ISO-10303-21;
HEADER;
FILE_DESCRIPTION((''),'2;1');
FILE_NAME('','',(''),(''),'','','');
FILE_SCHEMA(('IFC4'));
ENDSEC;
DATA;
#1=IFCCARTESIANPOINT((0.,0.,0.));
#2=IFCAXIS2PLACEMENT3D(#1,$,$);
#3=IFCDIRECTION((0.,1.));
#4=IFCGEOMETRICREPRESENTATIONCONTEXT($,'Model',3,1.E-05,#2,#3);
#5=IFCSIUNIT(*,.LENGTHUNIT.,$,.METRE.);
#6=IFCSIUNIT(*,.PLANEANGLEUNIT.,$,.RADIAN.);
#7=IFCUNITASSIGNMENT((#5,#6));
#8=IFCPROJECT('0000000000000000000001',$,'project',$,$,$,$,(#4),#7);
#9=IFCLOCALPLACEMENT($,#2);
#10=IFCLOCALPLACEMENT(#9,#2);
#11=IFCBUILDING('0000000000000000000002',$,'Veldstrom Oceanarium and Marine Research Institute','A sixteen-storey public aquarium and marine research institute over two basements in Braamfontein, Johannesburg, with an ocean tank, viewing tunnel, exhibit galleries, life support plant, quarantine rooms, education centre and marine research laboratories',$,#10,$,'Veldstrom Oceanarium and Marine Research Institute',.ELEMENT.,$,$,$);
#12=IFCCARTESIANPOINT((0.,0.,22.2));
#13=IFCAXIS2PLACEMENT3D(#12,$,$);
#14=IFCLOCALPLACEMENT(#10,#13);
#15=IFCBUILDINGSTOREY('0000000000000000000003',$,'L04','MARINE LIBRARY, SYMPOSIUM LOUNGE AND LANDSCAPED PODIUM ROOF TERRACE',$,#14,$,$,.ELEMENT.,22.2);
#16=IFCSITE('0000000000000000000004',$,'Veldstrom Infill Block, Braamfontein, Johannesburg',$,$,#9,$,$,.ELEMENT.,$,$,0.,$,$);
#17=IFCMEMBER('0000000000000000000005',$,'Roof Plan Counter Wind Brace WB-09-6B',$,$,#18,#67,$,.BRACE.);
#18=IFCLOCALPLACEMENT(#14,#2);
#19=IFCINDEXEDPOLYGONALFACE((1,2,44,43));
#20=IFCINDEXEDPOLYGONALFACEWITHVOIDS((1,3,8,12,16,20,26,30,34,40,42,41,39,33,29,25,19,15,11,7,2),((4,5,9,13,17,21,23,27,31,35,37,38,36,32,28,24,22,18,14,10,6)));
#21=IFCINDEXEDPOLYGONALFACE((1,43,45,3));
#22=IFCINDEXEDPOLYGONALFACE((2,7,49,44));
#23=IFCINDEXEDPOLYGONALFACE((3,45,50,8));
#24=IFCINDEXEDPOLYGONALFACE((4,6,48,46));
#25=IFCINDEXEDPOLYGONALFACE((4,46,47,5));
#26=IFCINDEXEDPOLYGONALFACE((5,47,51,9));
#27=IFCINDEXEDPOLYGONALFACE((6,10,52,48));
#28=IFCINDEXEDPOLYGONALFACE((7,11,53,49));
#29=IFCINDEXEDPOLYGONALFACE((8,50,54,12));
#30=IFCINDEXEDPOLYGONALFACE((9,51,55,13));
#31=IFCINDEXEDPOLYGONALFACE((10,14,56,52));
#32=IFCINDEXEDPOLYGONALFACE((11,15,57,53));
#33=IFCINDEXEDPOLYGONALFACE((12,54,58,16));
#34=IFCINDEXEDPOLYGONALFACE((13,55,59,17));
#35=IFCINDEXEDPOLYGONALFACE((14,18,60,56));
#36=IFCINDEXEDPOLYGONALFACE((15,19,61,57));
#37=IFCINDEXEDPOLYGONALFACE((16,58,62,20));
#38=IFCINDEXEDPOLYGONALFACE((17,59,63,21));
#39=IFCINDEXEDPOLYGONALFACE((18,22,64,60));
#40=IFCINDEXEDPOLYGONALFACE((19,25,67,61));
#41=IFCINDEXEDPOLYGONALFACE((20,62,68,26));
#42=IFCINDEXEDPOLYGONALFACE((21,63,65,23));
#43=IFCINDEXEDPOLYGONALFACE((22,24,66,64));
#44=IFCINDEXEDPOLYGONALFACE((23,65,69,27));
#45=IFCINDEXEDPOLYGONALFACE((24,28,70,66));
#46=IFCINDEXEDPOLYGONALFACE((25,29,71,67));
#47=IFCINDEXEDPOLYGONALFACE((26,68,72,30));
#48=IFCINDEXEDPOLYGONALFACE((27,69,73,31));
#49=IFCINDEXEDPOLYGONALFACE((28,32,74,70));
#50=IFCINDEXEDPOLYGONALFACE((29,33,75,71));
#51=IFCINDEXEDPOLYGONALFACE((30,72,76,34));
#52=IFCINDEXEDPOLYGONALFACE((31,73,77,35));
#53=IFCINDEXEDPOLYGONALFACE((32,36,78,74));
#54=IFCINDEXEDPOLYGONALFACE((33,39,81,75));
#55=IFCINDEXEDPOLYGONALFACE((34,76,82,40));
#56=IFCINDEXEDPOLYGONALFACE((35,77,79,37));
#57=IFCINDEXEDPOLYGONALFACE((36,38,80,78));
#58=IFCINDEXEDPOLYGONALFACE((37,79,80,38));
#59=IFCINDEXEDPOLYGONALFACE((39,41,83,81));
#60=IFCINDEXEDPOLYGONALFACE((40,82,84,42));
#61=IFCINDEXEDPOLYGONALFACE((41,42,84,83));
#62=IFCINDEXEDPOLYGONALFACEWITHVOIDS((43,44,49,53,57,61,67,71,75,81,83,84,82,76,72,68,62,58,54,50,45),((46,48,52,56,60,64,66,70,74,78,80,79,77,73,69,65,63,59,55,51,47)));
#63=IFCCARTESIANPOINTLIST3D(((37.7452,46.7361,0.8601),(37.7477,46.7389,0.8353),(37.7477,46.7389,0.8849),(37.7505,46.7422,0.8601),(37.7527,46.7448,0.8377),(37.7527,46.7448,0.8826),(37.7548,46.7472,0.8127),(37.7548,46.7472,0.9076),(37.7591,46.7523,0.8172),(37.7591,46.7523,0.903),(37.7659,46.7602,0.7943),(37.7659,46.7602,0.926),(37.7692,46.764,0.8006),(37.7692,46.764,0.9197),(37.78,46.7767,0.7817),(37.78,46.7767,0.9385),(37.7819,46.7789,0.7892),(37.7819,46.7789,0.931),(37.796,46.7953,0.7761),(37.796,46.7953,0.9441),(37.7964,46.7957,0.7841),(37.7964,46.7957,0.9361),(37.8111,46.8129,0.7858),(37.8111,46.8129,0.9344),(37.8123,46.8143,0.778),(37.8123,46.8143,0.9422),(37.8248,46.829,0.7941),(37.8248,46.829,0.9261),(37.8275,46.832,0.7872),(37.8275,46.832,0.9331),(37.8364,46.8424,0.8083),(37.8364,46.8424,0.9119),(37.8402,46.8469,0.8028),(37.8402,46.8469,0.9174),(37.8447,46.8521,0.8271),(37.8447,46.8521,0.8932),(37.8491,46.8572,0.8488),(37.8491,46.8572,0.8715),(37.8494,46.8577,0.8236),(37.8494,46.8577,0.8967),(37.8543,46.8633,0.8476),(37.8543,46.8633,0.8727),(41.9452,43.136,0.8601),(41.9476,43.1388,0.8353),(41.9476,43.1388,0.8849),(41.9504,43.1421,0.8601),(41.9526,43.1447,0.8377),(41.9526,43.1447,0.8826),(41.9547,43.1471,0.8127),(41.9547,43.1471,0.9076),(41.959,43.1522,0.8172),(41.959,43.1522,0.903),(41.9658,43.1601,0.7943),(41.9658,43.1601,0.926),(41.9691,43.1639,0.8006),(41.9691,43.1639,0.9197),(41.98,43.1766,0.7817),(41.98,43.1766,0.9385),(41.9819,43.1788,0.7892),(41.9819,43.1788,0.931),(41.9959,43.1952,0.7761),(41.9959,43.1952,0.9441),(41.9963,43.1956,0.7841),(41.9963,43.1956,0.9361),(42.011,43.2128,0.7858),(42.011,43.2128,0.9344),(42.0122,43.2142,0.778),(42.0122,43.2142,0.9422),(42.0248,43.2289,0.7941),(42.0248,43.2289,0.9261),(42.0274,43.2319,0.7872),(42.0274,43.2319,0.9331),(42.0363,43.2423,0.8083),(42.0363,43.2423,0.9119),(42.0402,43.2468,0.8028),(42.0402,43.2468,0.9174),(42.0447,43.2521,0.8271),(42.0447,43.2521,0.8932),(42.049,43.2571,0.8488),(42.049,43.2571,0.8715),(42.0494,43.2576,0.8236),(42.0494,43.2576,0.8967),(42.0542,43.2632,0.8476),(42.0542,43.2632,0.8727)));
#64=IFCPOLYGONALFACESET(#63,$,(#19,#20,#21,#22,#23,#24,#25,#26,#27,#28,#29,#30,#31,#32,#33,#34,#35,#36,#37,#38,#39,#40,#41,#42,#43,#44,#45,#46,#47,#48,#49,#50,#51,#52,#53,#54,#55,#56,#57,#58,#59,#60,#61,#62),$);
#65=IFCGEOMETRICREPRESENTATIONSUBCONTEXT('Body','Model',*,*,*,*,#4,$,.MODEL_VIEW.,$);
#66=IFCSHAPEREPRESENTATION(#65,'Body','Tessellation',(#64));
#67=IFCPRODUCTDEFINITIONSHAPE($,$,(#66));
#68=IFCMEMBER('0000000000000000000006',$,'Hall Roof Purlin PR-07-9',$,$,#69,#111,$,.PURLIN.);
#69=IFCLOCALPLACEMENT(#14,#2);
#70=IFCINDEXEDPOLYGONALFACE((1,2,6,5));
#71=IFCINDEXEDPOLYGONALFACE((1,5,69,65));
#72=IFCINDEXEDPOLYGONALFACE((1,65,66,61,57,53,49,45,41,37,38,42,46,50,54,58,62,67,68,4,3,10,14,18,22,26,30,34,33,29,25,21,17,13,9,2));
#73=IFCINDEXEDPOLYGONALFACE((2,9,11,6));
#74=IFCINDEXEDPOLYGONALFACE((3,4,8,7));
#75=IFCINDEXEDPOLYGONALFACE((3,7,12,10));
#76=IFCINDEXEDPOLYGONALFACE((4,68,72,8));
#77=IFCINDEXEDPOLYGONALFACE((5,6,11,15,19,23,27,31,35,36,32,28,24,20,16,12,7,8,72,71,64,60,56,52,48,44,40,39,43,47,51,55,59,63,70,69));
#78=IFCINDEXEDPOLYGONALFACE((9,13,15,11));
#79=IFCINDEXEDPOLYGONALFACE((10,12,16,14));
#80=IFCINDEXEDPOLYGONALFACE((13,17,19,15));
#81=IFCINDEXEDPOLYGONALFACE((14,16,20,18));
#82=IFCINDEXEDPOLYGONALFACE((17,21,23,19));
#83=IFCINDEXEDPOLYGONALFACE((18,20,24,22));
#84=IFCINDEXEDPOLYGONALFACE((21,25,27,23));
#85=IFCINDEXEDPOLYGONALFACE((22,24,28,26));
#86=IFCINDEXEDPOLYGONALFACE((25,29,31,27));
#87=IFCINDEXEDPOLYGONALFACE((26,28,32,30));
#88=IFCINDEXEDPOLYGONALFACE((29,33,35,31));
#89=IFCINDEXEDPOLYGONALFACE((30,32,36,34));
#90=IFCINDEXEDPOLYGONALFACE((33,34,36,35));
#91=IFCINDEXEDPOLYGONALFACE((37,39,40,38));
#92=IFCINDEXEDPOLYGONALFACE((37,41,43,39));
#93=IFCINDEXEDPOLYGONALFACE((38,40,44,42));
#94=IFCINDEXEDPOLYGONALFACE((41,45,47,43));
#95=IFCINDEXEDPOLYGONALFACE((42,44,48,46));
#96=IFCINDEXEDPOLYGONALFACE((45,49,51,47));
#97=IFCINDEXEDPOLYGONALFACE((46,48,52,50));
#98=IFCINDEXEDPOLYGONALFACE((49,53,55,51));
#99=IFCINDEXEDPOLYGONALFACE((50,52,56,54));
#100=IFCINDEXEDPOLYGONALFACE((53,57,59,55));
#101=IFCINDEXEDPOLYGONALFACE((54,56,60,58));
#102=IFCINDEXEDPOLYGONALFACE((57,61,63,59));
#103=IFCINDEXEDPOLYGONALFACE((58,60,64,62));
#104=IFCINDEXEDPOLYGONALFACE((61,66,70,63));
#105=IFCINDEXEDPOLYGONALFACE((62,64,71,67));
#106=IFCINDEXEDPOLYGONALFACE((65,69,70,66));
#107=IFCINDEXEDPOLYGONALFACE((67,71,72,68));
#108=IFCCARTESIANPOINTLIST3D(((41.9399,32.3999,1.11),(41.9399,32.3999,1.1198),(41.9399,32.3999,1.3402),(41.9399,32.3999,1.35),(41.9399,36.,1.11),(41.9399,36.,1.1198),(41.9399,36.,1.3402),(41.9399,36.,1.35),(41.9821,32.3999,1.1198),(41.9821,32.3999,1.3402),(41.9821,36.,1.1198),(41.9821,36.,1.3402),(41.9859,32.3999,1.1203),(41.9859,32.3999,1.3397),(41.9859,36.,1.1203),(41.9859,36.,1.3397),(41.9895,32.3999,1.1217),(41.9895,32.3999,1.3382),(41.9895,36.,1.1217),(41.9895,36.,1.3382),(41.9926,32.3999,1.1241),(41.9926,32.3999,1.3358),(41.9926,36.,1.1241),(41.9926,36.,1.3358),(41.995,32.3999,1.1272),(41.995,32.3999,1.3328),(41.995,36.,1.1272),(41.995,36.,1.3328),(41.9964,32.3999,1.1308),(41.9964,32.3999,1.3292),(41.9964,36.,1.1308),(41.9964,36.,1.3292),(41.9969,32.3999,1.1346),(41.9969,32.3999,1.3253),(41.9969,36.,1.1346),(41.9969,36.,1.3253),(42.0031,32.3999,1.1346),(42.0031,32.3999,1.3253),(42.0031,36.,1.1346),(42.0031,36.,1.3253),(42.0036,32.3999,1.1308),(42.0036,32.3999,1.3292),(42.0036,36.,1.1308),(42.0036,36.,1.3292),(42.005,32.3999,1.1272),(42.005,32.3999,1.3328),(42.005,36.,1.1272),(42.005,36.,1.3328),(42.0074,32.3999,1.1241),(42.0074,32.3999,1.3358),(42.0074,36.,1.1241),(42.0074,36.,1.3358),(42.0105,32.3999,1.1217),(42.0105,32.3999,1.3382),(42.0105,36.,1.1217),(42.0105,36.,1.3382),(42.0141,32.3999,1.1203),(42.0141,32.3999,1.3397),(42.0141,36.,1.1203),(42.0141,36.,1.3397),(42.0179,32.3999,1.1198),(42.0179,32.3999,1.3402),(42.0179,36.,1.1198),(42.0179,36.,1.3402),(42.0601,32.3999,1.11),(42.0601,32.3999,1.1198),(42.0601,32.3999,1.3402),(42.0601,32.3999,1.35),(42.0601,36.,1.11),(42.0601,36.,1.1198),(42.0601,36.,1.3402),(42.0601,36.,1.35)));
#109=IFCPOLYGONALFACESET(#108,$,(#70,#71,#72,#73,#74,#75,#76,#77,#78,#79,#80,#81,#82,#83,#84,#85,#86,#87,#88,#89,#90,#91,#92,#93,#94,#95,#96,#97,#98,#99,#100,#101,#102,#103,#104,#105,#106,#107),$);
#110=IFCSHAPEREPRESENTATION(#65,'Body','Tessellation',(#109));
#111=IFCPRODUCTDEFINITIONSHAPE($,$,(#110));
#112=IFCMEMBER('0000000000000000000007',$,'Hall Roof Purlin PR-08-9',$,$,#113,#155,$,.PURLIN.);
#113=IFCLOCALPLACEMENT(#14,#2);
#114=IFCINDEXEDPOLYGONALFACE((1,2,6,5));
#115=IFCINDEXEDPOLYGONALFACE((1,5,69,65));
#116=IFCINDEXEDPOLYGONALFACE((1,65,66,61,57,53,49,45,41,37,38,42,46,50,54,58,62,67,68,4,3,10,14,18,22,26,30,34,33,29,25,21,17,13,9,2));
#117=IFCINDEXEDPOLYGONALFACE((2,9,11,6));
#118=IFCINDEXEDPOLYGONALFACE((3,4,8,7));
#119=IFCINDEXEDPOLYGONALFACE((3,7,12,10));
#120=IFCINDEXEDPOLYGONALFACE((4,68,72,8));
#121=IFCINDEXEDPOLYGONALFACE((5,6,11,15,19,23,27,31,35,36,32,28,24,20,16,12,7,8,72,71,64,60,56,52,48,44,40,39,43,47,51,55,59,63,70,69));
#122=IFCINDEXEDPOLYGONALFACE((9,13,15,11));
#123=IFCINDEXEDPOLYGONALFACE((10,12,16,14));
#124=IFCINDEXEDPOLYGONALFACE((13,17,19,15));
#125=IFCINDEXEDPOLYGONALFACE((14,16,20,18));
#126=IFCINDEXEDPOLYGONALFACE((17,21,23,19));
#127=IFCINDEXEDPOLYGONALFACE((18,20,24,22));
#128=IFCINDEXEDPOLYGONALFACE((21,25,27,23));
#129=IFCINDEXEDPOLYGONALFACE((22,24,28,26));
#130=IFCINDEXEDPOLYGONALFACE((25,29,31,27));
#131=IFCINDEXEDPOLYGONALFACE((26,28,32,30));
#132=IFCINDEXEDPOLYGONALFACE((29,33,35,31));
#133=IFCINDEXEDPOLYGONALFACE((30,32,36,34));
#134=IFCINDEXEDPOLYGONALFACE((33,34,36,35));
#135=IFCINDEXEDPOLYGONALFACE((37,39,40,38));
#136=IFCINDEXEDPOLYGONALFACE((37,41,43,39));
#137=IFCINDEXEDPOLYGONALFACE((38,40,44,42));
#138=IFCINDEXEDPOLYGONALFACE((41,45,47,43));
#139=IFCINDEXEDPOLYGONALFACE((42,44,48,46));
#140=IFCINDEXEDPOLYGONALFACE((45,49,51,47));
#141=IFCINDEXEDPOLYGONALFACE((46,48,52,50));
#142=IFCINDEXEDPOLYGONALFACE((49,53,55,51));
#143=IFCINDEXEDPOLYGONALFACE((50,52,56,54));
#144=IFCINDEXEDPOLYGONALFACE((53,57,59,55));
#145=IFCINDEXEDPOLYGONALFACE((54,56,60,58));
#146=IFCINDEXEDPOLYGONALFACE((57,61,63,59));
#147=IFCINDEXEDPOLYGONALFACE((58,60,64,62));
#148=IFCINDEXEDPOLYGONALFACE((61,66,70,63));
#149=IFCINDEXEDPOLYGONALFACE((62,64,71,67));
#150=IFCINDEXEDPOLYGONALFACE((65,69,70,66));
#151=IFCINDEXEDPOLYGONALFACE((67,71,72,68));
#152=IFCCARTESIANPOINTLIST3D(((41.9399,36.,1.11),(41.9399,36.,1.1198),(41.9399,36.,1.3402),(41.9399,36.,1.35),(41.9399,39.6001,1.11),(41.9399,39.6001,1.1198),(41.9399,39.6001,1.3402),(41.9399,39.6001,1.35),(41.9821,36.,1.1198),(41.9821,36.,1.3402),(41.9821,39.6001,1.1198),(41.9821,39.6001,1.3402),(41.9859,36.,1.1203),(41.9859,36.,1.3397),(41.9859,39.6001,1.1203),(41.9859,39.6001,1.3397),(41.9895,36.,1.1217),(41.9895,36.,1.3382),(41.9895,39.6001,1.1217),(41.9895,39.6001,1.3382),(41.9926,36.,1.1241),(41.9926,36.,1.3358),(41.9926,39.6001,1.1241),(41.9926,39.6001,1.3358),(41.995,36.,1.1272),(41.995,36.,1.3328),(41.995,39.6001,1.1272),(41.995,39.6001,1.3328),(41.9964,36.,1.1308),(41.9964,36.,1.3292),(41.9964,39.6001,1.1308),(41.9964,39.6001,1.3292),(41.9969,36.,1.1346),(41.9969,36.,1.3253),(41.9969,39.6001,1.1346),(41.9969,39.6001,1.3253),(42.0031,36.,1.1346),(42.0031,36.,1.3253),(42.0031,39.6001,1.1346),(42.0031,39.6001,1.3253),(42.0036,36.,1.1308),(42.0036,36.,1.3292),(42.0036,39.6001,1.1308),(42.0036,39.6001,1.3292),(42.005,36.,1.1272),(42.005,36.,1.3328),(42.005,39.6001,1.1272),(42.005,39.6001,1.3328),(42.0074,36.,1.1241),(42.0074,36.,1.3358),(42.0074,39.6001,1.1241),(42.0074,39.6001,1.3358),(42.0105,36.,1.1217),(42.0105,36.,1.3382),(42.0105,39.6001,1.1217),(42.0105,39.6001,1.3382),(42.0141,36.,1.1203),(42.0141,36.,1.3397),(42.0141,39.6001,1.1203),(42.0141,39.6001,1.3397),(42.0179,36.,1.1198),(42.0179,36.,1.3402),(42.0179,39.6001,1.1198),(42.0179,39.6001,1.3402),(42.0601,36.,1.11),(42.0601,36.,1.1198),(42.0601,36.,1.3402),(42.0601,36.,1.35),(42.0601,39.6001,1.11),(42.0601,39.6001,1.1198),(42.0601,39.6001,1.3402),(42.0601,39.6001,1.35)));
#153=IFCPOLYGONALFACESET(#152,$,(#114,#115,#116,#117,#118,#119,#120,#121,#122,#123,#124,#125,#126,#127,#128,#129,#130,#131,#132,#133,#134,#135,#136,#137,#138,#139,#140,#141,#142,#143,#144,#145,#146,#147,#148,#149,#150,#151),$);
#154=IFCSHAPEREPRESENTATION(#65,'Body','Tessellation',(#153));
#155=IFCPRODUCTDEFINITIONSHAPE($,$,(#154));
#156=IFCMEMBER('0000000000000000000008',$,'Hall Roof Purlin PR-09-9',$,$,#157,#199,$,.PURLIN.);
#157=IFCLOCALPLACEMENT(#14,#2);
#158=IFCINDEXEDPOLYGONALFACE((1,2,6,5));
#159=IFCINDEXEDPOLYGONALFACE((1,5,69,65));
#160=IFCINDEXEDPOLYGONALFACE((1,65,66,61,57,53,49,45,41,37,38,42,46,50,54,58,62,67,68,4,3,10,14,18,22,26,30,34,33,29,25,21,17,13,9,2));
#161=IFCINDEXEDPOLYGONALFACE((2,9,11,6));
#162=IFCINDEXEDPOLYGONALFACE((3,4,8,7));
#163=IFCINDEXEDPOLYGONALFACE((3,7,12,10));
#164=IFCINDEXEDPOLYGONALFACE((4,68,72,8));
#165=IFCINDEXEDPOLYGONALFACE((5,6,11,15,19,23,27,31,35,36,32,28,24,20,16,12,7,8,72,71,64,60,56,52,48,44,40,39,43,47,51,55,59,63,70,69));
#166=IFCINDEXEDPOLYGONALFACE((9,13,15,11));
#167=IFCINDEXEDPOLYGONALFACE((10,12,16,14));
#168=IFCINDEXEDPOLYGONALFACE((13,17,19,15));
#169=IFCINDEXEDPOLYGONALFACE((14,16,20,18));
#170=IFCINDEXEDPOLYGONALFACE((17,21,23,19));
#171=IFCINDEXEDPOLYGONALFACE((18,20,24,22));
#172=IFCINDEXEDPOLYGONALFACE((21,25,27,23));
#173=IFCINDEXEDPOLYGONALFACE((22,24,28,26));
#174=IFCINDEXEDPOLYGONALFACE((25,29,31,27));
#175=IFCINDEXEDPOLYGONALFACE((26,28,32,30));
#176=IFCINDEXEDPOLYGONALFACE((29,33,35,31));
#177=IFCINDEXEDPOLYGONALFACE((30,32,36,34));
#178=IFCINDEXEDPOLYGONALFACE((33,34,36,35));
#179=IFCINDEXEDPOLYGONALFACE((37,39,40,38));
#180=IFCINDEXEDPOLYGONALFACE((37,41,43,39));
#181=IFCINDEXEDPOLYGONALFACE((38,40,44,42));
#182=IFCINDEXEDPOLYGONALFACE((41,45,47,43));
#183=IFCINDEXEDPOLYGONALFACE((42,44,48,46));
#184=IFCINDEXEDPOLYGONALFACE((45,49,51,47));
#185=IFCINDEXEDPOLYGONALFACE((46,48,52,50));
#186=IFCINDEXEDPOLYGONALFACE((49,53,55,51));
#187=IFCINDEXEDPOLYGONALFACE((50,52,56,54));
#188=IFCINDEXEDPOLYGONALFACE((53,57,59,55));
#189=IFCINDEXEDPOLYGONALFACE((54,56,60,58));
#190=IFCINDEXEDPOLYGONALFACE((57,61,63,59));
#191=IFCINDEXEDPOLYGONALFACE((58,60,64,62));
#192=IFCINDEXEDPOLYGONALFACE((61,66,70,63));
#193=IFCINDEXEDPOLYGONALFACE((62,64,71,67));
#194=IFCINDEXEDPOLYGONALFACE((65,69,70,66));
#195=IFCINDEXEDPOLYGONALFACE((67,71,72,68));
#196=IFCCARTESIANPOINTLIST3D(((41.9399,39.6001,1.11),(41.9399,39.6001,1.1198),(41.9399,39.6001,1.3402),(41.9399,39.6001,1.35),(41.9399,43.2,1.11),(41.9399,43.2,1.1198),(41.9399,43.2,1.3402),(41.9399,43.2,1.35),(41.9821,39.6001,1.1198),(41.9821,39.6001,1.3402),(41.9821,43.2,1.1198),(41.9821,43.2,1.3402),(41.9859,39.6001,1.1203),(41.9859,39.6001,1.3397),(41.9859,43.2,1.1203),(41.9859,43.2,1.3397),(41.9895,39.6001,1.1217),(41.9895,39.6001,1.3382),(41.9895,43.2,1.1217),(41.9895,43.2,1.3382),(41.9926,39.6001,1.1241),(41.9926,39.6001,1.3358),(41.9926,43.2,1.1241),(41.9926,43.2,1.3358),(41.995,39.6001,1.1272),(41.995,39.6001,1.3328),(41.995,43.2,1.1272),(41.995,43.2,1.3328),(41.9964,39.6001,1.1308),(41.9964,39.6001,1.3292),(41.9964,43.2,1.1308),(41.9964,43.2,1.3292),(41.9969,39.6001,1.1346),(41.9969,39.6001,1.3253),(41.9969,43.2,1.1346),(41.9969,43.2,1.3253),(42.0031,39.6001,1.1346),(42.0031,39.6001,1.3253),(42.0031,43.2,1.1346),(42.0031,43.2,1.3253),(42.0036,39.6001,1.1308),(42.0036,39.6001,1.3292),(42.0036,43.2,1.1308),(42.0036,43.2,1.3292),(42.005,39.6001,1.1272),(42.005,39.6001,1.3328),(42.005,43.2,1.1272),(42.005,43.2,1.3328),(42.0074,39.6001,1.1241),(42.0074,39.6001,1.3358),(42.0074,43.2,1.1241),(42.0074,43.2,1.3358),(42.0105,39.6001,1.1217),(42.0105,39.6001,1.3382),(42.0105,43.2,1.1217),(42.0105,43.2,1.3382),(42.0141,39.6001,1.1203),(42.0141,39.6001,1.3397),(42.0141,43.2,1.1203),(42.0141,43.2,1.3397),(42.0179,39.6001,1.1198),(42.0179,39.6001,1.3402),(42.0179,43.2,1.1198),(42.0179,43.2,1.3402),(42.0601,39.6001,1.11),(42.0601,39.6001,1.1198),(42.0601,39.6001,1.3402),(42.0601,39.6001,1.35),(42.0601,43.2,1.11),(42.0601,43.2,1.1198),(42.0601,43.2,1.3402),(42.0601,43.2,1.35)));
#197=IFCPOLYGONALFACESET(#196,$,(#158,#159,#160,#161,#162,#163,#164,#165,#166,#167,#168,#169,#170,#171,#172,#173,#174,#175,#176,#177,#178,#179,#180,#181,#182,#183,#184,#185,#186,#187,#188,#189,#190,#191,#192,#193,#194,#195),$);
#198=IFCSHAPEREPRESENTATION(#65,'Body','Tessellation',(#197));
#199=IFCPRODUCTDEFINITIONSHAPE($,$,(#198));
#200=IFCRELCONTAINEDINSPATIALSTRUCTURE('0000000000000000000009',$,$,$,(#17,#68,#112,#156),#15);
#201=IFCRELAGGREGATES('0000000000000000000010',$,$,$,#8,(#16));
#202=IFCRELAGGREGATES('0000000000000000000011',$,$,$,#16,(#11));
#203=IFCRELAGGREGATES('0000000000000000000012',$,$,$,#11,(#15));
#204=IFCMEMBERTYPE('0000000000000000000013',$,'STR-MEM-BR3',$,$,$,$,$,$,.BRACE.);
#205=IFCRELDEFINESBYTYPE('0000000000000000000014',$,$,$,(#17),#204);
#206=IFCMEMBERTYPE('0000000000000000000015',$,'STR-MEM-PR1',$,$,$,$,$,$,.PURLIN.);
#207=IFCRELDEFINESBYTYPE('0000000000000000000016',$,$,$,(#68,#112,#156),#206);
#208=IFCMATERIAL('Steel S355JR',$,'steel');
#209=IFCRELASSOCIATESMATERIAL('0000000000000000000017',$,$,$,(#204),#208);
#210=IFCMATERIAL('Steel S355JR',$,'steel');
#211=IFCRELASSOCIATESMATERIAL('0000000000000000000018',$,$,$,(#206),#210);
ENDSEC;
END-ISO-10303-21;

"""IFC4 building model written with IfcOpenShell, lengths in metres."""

from ifc_helpers import new_model, si_unit, direction, frame, origin, origin_2d, place, context, subcontext, project, spatial, hollow_circle, i_section, extrude, material, material_profile, profile_set, type_object, element, save


model = new_model("IFC4")

# Units and contexts
model_context = context("Model", 3, precision=1e-05, world=origin(), true_north=direction((0.0, 1.0)))
body_context = subcontext(model_context, "Body", "Model", "MODEL_VIEW")
ifc_project = project(units=[si_unit("LENGTHUNIT", "METRE"), si_unit("PLANEANGLEUNIT", "RADIAN")], contexts=[model_context])

# Site, building, storey
site_placement = place(None, origin())
site = spatial("IfcSite", under=ifc_project, at=site_placement, Name="Veldstrom Infill Block, Braamfontein, Johannesburg", CompositionType="ELEMENT", RefElevation=0.0)
building_placement = place(site_placement, origin())
building = spatial("IfcBuilding", under=site, at=building_placement, Name="Veldstrom Oceanarium and Marine Research Institute", Description="A sixteen-storey public aquarium and marine research institute over two basements in Braamfontein, Johannesburg, with an ocean tank, viewing tunnel, exhibit galleries, life support plant, quarantine rooms, education centre and marine research laboratories", LongName="Veldstrom Oceanarium and Marine Research Institute", CompositionType="ELEMENT")
storey_placement = place(building_placement, frame((0.0, 0.0, 22.2)))
storey = spatial("IfcBuildingStorey", under=building, at=storey_placement, Name="L04", Description="MARINE LIBRARY, SYMPOSIUM LOUNGE AND LANDSCAPED PODIUM ROOF TERRACE", CompositionType="ELEMENT", Elevation=22.2)

# Members
ifc_material_1 = material(Name="Steel S355JR", Category="steel")
ifc_material_profile_1 = material_profile(ifc_material_1, hollow_circle(Radius=0.0842, WallThickness=0.0081, at=origin_2d()), Name="CHS 168.3x8")
ifc_profile_set_1 = profile_set([ifc_material_profile_1], Name="Steel S355JR")
member_type_1 = type_object("IfcMemberType", Name="STR-MEM-BR3", PredefinedType="BRACE", material=ifc_profile_set_1)
member_1_placement = place(storey_placement, frame((42.0, 43.2, 0.8601), z_axis=(-0.759244, 0.650806, 0.0), x_axis=(-0.650806, -0.759244, 0.0)))
element("IfcMember", 1, at=member_1_placement, inside=storey, type_object=member_type_1, Name="Roof Plan Counter Wind Brace WB-09-6B", PredefinedType="BRACE", context=body_context, shape_type="SweptSolid", body=[
    extrude(hollow_circle(Radius=0.0842, WallThickness=0.0081, at=origin_2d()), origin(), (0.0, 0.0, 1.0), 5.5317),
])
ifc_material_2 = material(Name="Steel S355JR", Category="steel")
ifc_material_profile_2 = material_profile(ifc_material_2, i_section(OverallWidth=0.1201, OverallDepth=0.24, WebThickness=0.0061, FlangeThickness=0.0098, FilletRadius=0.0149, at=origin_2d()), Name="IPE 240")
ifc_profile_set_2 = profile_set([ifc_material_profile_2], Name="Steel S355JR")
member_type_2 = type_object("IfcMemberType", Name="STR-MEM-PR1", PredefinedType="PURLIN", material=ifc_profile_set_2)
for number, where, z_axis, x_axis, name in (
    (2, (42.0, 32.3999, 1.23), (0.0, 1.0, 0.0), (-1.0, 0.0, 0.0), "Hall Roof Purlin PR-07-9"),
    (3, (42.0, 36.0, 1.23), (0.0, 1.0, 0.0), (-1.0, 0.0, 0.0), "Hall Roof Purlin PR-08-9"),
):
    element("IfcMember", number, at=place(storey_placement, frame(where, z_axis=z_axis, x_axis=x_axis)), inside=storey, type_object=member_type_2, Name=name, PredefinedType="PURLIN", context=body_context, shape_type="SweptSolid", body=[
        extrude(i_section(OverallWidth=0.1201, OverallDepth=0.24, WebThickness=0.0061, FlangeThickness=0.0098, FilletRadius=0.0149, at=origin_2d()), origin(), (0.0, 0.0, 1.0), 3.6001),
    ])
member_2_placement = place(storey_placement, frame((42.0, 39.6001, 1.23), z_axis=(0.0, 1.0, 0.0), x_axis=(-1.0, 0.0, 0.0)))
element("IfcMember", 4, at=member_2_placement, inside=storey, type_object=member_type_2, Name="Hall Roof Purlin PR-09-9", PredefinedType="PURLIN", context=body_context, shape_type="SweptSolid", body=[
    extrude(i_section(OverallWidth=0.1201, OverallDepth=0.24, WebThickness=0.0061, FlangeThickness=0.0098, FilletRadius=0.0149, at=origin_2d()), origin(), (0.0, 0.0, 1.0), 3.5999),
])

save(model, "model.ifc")
